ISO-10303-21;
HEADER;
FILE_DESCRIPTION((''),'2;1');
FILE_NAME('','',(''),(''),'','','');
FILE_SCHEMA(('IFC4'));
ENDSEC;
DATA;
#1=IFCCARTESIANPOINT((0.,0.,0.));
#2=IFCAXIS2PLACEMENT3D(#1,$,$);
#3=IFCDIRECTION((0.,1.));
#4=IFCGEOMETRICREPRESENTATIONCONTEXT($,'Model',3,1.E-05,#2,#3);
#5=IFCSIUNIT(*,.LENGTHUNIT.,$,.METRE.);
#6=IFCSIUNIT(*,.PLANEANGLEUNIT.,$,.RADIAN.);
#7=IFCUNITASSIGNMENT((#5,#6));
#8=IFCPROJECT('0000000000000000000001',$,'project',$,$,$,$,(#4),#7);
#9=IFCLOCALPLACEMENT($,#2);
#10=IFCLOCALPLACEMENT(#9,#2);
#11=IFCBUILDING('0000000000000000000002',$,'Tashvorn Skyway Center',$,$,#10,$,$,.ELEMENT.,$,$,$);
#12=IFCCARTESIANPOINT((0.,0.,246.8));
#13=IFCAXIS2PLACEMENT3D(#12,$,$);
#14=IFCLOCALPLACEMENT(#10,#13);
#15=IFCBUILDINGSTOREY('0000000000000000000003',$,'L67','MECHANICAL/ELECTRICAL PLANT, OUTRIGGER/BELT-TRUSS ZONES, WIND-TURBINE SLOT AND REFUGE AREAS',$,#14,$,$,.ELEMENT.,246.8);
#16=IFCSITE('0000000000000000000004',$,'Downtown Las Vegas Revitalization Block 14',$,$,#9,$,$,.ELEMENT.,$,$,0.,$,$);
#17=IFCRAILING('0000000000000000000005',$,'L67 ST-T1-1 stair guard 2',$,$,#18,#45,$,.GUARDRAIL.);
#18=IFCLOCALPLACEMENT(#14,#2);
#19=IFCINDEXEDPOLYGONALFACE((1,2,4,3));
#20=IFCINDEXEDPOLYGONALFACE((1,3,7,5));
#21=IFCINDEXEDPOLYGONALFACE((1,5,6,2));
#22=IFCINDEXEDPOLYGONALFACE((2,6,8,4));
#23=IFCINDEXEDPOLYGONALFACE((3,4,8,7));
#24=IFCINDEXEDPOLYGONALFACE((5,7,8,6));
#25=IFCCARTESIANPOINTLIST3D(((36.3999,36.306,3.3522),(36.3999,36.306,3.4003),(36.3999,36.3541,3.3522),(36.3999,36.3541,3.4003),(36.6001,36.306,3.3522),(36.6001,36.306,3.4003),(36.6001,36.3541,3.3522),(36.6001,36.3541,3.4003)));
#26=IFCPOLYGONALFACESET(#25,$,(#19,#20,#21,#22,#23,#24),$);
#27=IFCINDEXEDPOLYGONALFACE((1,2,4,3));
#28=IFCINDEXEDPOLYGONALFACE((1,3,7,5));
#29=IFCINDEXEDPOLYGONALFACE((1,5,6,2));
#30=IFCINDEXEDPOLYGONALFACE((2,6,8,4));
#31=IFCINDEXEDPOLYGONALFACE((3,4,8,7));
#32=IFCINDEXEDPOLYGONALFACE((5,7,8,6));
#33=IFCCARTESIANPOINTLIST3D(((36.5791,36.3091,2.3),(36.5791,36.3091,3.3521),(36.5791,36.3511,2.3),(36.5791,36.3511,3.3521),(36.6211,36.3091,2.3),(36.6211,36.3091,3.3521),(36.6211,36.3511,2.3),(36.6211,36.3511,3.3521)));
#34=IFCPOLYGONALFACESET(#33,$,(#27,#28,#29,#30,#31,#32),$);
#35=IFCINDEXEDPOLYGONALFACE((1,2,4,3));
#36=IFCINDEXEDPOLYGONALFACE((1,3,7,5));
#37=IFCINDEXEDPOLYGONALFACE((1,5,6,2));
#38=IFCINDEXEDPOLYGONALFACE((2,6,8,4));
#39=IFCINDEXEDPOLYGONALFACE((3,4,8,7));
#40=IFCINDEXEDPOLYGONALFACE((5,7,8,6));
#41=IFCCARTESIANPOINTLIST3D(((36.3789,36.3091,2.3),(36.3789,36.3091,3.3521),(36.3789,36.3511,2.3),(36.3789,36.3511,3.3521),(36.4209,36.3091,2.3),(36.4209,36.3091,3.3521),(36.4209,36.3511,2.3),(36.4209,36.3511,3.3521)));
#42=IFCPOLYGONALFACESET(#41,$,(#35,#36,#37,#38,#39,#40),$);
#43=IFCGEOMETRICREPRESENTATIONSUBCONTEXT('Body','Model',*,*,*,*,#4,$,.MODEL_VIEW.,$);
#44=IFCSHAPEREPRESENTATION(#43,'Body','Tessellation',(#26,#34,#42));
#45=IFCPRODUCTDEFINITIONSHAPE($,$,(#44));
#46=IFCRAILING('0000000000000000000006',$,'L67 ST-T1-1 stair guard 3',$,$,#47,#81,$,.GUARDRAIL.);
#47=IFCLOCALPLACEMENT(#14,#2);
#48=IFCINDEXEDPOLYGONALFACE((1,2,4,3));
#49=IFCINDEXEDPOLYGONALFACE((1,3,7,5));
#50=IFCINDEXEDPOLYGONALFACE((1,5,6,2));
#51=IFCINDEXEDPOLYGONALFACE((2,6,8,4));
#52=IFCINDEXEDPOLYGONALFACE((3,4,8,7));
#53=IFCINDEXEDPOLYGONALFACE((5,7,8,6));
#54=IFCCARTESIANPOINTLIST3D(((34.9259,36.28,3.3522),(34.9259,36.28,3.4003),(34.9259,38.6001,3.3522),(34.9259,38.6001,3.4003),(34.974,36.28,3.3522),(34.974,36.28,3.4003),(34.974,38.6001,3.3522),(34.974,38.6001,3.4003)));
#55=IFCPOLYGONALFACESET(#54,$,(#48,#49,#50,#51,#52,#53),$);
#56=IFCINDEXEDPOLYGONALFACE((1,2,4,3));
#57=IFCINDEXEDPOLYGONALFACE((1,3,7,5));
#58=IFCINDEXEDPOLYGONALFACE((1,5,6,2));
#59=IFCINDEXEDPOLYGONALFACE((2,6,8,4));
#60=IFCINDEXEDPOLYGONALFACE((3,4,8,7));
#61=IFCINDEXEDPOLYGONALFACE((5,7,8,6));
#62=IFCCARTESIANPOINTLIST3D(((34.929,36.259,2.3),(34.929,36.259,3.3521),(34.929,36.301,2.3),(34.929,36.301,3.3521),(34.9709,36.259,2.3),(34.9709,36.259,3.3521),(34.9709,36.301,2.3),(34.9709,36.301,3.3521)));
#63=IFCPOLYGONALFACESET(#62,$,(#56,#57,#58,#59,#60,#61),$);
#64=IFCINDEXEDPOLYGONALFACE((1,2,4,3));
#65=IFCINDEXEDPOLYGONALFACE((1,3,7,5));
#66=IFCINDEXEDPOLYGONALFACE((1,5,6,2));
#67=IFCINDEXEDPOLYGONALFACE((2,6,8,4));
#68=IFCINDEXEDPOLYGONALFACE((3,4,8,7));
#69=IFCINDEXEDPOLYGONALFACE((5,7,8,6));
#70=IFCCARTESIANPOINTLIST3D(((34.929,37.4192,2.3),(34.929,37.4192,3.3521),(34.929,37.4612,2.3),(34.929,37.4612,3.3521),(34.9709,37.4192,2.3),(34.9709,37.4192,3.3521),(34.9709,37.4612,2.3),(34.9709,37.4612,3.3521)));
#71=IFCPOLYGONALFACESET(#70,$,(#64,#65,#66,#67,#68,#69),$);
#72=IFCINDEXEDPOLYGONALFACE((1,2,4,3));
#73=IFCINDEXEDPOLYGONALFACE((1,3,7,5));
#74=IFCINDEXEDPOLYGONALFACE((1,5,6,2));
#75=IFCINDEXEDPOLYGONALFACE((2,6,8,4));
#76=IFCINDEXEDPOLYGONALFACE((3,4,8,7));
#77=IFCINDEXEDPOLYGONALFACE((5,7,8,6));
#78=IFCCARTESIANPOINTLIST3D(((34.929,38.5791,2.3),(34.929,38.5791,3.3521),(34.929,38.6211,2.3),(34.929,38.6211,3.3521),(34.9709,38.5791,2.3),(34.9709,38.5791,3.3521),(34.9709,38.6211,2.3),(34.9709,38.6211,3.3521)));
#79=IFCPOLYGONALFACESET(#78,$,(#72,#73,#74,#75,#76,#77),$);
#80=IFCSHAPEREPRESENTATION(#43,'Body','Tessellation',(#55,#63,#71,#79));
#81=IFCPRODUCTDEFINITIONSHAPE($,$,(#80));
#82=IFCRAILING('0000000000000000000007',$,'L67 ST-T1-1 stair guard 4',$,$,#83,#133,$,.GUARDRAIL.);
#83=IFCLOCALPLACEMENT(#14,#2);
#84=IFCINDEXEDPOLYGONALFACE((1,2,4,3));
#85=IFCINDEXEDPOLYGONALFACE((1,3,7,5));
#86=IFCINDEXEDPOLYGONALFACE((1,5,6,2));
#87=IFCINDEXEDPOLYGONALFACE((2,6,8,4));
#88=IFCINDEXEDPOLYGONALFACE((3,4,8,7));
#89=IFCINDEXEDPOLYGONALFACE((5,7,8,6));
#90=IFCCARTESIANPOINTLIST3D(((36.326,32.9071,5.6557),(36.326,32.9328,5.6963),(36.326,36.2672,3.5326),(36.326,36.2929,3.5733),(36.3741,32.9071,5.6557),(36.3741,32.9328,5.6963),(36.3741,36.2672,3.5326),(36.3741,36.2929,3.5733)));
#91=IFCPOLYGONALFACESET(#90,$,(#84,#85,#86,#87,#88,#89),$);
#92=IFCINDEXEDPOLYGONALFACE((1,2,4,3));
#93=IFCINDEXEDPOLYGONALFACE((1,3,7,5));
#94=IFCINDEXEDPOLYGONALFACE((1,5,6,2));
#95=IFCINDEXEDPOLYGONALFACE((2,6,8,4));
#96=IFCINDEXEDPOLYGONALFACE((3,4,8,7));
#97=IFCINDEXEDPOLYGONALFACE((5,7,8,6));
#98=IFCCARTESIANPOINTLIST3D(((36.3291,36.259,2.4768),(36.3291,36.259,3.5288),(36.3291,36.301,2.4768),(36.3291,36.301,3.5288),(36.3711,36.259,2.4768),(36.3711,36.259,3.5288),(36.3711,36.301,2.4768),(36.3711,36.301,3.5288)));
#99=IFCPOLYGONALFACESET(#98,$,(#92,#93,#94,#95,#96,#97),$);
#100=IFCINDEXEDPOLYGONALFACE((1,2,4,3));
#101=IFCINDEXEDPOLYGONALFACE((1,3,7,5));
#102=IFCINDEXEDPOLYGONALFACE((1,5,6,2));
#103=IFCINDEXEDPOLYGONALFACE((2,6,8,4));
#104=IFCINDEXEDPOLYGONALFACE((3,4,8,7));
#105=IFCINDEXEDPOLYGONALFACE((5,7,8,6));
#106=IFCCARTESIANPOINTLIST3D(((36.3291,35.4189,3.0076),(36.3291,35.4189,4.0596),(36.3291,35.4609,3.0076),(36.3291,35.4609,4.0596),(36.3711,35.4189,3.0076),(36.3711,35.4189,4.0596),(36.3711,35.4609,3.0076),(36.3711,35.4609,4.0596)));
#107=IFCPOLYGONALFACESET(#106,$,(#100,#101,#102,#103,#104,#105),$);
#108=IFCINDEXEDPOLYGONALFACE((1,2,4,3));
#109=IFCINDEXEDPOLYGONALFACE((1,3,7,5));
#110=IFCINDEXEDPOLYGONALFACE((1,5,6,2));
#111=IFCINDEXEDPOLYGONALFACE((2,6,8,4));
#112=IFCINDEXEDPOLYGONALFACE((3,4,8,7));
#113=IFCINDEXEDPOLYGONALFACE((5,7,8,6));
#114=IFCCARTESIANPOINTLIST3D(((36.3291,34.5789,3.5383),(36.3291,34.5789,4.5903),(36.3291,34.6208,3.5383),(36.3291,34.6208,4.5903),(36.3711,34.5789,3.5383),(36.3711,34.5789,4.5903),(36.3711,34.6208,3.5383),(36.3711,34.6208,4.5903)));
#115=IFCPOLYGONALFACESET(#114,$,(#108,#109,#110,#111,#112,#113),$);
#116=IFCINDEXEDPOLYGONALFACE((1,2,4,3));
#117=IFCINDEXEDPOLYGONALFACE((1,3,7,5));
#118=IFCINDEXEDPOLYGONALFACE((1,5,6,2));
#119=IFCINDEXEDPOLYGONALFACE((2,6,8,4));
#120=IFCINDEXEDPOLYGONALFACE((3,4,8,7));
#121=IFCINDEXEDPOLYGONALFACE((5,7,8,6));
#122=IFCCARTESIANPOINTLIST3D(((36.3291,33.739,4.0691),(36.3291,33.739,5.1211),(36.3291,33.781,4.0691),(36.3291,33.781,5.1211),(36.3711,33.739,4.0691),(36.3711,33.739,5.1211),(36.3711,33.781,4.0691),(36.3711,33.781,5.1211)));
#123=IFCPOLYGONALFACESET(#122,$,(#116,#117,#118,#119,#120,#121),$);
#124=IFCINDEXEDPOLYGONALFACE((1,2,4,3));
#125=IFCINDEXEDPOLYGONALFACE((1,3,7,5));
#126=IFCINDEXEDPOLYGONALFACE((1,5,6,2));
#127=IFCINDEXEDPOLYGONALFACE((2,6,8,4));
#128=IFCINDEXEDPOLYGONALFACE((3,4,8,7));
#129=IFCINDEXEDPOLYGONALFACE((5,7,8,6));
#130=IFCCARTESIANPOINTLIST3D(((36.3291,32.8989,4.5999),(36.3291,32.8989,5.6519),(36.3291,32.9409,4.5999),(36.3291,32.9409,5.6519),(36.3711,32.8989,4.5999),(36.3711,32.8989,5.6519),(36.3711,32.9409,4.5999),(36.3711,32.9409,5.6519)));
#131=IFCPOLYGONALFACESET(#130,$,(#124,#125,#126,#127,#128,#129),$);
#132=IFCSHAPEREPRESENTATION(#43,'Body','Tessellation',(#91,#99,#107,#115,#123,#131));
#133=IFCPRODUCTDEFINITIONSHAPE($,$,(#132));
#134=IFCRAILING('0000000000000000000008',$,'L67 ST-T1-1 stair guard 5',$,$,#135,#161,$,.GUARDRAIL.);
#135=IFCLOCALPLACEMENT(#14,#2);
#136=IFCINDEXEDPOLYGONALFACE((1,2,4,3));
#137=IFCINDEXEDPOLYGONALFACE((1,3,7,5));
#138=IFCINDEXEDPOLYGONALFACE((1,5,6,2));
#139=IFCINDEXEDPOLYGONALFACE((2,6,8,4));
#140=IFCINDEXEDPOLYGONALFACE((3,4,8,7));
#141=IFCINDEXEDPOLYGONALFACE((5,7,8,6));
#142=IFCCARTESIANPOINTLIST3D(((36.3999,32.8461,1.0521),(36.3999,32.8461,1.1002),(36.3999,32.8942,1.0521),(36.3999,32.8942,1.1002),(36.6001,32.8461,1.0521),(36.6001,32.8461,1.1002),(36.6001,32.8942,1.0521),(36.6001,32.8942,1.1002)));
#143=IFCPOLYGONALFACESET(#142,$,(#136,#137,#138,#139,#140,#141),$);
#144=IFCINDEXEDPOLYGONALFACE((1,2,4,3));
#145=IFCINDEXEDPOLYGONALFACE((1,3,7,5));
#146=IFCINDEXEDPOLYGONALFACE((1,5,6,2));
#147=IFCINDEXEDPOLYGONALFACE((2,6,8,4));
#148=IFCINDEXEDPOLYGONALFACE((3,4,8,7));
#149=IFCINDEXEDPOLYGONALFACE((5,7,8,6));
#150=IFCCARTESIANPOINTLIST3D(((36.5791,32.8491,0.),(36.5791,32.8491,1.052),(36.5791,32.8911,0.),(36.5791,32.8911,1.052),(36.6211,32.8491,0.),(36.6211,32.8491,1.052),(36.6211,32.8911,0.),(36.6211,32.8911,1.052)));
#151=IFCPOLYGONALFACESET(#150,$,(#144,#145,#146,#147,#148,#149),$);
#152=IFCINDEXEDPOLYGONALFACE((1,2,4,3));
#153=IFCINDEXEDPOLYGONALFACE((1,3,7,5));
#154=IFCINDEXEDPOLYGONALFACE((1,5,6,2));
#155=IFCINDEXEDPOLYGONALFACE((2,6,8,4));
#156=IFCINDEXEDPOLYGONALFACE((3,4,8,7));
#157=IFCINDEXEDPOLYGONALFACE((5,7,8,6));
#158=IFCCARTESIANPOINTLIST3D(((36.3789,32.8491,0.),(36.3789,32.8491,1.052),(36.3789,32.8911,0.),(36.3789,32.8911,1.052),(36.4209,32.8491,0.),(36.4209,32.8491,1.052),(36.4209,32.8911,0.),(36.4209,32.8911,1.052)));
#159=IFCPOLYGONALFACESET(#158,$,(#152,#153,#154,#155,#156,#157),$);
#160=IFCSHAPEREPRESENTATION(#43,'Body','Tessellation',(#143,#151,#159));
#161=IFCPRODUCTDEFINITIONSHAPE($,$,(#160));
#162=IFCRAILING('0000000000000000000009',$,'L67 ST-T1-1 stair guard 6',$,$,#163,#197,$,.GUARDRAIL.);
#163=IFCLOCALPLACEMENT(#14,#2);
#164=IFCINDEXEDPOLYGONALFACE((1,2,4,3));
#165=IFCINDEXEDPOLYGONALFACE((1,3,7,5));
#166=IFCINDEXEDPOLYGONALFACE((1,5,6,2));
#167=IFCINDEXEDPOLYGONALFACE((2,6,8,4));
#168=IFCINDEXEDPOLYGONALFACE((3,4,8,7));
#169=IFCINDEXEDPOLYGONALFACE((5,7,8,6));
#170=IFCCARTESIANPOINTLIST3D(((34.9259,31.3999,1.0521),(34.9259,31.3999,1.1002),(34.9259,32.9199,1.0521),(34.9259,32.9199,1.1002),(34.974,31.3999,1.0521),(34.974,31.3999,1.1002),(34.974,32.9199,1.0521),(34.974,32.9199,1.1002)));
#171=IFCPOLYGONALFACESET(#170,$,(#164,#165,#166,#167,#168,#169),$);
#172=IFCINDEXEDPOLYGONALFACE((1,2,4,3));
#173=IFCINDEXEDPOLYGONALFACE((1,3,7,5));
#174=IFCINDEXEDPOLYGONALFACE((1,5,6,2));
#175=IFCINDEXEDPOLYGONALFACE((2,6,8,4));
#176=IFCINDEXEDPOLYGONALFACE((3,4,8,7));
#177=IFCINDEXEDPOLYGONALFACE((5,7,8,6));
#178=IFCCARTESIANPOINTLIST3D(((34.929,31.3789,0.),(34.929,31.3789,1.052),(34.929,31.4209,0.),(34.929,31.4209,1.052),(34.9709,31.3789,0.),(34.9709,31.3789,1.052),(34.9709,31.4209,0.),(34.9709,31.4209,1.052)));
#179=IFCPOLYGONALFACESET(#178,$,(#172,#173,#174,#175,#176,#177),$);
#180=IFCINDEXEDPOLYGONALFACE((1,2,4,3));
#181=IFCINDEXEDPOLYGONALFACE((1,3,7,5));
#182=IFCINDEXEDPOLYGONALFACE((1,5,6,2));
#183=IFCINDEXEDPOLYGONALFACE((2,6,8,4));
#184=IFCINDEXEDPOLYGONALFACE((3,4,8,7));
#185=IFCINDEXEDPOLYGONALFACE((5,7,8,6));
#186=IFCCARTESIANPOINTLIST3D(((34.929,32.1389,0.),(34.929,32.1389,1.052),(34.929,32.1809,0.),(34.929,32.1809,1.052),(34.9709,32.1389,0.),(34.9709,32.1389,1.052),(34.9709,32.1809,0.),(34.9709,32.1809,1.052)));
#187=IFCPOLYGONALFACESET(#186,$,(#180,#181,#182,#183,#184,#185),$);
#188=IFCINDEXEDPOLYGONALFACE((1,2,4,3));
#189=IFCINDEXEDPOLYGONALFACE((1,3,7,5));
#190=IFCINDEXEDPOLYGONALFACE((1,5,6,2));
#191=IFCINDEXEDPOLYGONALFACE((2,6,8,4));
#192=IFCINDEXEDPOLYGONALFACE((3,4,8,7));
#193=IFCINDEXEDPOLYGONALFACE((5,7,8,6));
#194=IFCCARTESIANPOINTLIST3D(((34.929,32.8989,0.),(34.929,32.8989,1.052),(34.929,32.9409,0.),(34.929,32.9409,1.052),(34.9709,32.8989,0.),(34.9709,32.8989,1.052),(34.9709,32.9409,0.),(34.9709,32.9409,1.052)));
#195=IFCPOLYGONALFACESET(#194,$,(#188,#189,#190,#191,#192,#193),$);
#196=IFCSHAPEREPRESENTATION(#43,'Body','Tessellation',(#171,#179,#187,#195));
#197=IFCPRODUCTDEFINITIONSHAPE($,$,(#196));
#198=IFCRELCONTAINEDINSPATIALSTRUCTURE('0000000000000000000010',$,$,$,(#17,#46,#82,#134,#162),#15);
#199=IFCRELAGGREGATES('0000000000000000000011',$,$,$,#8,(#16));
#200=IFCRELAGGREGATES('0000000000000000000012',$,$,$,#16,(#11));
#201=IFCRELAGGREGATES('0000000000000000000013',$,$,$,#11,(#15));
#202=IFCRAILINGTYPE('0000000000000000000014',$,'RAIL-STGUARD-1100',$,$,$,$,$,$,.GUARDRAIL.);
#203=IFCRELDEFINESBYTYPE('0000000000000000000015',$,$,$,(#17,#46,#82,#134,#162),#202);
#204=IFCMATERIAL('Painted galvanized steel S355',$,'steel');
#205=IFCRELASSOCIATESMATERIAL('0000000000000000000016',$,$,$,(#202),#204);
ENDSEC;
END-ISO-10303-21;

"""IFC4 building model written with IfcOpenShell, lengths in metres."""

from ifc_helpers import new_model, si_unit, direction, frame, origin, origin_2d, place, context, subcontext, project, spatial, rectangle, extrude, material, type_object, element, save


model = new_model("IFC4")

# Units and contexts
model_context = context("Model", 3, precision=1e-05, world=origin(), true_north=direction((0.0, 1.0)))
body_context = subcontext(model_context, "Body", "Model", "MODEL_VIEW")
ifc_project = project(units=[si_unit("LENGTHUNIT", "METRE"), si_unit("PLANEANGLEUNIT", "RADIAN")], contexts=[model_context])

# Site, building, storey
site_placement = place(None, origin())
site = spatial("IfcSite", under=ifc_project, at=site_placement, Name="Downtown Las Vegas Revitalization Block 14", CompositionType="ELEMENT", RefElevation=0.0)
building_placement = place(site_placement, origin())
building = spatial("IfcBuilding", under=site, at=building_placement, Name="Tashvorn Skyway Center", CompositionType="ELEMENT")
storey_placement = place(building_placement, frame((0.0, 0.0, 246.8)))
storey = spatial("IfcBuildingStorey", under=building, at=storey_placement, Name="L67", Description="MECHANICAL/ELECTRICAL PLANT, OUTRIGGER/BELT-TRUSS ZONES, WIND-TURBINE SLOT AND REFUGE AREAS", CompositionType="ELEMENT", Elevation=246.8)

# Railings
ifc_material_1 = material(Name="Painted galvanized steel S355", Category="steel")
railing_type_1 = type_object("IfcRailingType", Name="RAIL-STGUARD-1100", PredefinedType="GUARDRAIL", material=ifc_material_1)
railing_1_placement = place(storey_placement, frame((36.6001, 36.3301, 2.3)))
element("IfcRailing", 1, at=railing_1_placement, inside=storey, type_object=railing_type_1, Name="L67 ST-T1-1 stair guard 2", PredefinedType="GUARDRAIL", context=body_context, shape_type="SweptSolid", body=[
    extrude(rectangle(XDim=0.0481, YDim=0.0481, at=origin_2d()), frame((0.0, 0.0, 1.0762), z_axis=(-1.0, 0.0, 0.0), x_axis=(0.0, -1.0, 0.0)), (0.0, 0.0, 1.0), 0.2002),
    extrude(rectangle(XDim=0.042, YDim=0.042, at=origin_2d()), origin(), (0.0, 0.0, 1.0), 1.052),
    extrude(rectangle(XDim=0.042, YDim=0.042, at=origin_2d()), frame((-0.2002, 0.0, 0.0)), (0.0, 0.0, 1.0), 1.052),
])
railing_2_placement = place(storey_placement, frame((34.95, 36.28, 2.3)))
element("IfcRailing", 2, at=railing_2_placement, inside=storey, type_object=railing_type_1, Name="L67 ST-T1-1 stair guard 3", PredefinedType="GUARDRAIL", context=body_context, shape_type="SweptSolid", body=[
    extrude(rectangle(XDim=0.0481, YDim=0.0481, at=origin_2d()), frame((0.0, 0.0, 1.0762), z_axis=(0.0, 1.0, 0.0), x_axis=(-1.0, 0.0, 0.0)), (0.0, 0.0, 1.0), 2.3201),
    extrude(rectangle(XDim=0.042, YDim=0.042, at=origin_2d()), origin(), (0.0, 0.0, 1.0), 1.052),
    extrude(rectangle(XDim=0.042, YDim=0.042, at=origin_2d()), frame((0.0, 1.1602, 0.0)), (0.0, 0.0, 1.0), 1.052),
    extrude(rectangle(XDim=0.042, YDim=0.042, at=origin_2d()), frame((0.0, 2.3201, 0.0)), (0.0, 0.0, 1.0), 1.052),
])
railing_3_placement = place(storey_placement, frame((36.3501, 36.28, 2.4768)))
element("IfcRailing", 3, at=railing_3_placement, inside=storey, type_object=railing_type_1, Name="L67 ST-T1-1 stair guard 4", PredefinedType="GUARDRAIL", context=body_context, shape_type="SweptSolid", body=[
    extrude(rectangle(XDim=0.0481, YDim=0.0481, at=origin_2d()), frame((0.0, 0.0, 1.0762), z_axis=(0.0, -0.84539, 0.53415), x_axis=(1.0, 0.0, 0.0)), (0.0, 0.0, 1.0), 3.9746),
    extrude(rectangle(XDim=0.042, YDim=0.042, at=origin_2d()), origin(), (0.0, 0.0, 1.0), 1.052),
    extrude(rectangle(XDim=0.042, YDim=0.042, at=origin_2d()), frame((0.0, -0.8401, 0.5308)), (0.0, 0.0, 1.0), 1.052),
    extrude(rectangle(XDim=0.042, YDim=0.042, at=origin_2d()), frame((0.0, -1.6802, 1.0615)), (0.0, 0.0, 1.0), 1.052),
    extrude(rectangle(XDim=0.042, YDim=0.042, at=origin_2d()), frame((0.0, -2.52, 1.5923)), (0.0, 0.0, 1.0), 1.052),
    extrude(rectangle(XDim=0.042, YDim=0.042, at=origin_2d()), frame((0.0, -3.3601, 2.123)), (0.0, 0.0, 1.0), 1.052),
])
railing_4_placement = place(storey_placement, frame((36.6001, 32.8701, 0.0)))
element("IfcRailing", 4, at=railing_4_placement, inside=storey, type_object=railing_type_1, Name="L67 ST-T1-1 stair guard 5", PredefinedType="GUARDRAIL", context=body_context, shape_type="SweptSolid", body=[
    extrude(rectangle(XDim=0.0481, YDim=0.0481, at=origin_2d()), frame((0.0, 0.0, 1.0762), z_axis=(-1.0, 0.0, 0.0), x_axis=(0.0, -1.0, 0.0)), (0.0, 0.0, 1.0), 0.2002),
    extrude(rectangle(XDim=0.042, YDim=0.042, at=origin_2d()), origin(), (0.0, 0.0, 1.0), 1.052),
    extrude(rectangle(XDim=0.042, YDim=0.042, at=origin_2d()), frame((-0.2002, 0.0, 0.0)), (0.0, 0.0, 1.0), 1.052),
])
railing_5_placement = place(storey_placement, frame((34.95, 31.3999, 0.0)))
element("IfcRailing", 5, at=railing_5_placement, inside=storey, type_object=railing_type_1, Name="L67 ST-T1-1 stair guard 6", PredefinedType="GUARDRAIL", context=body_context, shape_type="SweptSolid", body=[
    extrude(rectangle(XDim=0.0481, YDim=0.0481, at=origin_2d()), frame((0.0, 0.0, 1.0762), z_axis=(0.0, 1.0, 0.0), x_axis=(-1.0, 0.0, 0.0)), (0.0, 0.0, 1.0), 1.52),
    extrude(rectangle(XDim=0.042, YDim=0.042, at=origin_2d()), origin(), (0.0, 0.0, 1.0), 1.052),
    extrude(rectangle(XDim=0.042, YDim=0.042, at=origin_2d()), frame((0.0, 0.76, 0.0)), (0.0, 0.0, 1.0), 1.052),
    extrude(rectangle(XDim=0.042, YDim=0.042, at=origin_2d()), frame((0.0, 1.52, 0.0)), (0.0, 0.0, 1.0), 1.052),
])

save(model, "model.ifc")
